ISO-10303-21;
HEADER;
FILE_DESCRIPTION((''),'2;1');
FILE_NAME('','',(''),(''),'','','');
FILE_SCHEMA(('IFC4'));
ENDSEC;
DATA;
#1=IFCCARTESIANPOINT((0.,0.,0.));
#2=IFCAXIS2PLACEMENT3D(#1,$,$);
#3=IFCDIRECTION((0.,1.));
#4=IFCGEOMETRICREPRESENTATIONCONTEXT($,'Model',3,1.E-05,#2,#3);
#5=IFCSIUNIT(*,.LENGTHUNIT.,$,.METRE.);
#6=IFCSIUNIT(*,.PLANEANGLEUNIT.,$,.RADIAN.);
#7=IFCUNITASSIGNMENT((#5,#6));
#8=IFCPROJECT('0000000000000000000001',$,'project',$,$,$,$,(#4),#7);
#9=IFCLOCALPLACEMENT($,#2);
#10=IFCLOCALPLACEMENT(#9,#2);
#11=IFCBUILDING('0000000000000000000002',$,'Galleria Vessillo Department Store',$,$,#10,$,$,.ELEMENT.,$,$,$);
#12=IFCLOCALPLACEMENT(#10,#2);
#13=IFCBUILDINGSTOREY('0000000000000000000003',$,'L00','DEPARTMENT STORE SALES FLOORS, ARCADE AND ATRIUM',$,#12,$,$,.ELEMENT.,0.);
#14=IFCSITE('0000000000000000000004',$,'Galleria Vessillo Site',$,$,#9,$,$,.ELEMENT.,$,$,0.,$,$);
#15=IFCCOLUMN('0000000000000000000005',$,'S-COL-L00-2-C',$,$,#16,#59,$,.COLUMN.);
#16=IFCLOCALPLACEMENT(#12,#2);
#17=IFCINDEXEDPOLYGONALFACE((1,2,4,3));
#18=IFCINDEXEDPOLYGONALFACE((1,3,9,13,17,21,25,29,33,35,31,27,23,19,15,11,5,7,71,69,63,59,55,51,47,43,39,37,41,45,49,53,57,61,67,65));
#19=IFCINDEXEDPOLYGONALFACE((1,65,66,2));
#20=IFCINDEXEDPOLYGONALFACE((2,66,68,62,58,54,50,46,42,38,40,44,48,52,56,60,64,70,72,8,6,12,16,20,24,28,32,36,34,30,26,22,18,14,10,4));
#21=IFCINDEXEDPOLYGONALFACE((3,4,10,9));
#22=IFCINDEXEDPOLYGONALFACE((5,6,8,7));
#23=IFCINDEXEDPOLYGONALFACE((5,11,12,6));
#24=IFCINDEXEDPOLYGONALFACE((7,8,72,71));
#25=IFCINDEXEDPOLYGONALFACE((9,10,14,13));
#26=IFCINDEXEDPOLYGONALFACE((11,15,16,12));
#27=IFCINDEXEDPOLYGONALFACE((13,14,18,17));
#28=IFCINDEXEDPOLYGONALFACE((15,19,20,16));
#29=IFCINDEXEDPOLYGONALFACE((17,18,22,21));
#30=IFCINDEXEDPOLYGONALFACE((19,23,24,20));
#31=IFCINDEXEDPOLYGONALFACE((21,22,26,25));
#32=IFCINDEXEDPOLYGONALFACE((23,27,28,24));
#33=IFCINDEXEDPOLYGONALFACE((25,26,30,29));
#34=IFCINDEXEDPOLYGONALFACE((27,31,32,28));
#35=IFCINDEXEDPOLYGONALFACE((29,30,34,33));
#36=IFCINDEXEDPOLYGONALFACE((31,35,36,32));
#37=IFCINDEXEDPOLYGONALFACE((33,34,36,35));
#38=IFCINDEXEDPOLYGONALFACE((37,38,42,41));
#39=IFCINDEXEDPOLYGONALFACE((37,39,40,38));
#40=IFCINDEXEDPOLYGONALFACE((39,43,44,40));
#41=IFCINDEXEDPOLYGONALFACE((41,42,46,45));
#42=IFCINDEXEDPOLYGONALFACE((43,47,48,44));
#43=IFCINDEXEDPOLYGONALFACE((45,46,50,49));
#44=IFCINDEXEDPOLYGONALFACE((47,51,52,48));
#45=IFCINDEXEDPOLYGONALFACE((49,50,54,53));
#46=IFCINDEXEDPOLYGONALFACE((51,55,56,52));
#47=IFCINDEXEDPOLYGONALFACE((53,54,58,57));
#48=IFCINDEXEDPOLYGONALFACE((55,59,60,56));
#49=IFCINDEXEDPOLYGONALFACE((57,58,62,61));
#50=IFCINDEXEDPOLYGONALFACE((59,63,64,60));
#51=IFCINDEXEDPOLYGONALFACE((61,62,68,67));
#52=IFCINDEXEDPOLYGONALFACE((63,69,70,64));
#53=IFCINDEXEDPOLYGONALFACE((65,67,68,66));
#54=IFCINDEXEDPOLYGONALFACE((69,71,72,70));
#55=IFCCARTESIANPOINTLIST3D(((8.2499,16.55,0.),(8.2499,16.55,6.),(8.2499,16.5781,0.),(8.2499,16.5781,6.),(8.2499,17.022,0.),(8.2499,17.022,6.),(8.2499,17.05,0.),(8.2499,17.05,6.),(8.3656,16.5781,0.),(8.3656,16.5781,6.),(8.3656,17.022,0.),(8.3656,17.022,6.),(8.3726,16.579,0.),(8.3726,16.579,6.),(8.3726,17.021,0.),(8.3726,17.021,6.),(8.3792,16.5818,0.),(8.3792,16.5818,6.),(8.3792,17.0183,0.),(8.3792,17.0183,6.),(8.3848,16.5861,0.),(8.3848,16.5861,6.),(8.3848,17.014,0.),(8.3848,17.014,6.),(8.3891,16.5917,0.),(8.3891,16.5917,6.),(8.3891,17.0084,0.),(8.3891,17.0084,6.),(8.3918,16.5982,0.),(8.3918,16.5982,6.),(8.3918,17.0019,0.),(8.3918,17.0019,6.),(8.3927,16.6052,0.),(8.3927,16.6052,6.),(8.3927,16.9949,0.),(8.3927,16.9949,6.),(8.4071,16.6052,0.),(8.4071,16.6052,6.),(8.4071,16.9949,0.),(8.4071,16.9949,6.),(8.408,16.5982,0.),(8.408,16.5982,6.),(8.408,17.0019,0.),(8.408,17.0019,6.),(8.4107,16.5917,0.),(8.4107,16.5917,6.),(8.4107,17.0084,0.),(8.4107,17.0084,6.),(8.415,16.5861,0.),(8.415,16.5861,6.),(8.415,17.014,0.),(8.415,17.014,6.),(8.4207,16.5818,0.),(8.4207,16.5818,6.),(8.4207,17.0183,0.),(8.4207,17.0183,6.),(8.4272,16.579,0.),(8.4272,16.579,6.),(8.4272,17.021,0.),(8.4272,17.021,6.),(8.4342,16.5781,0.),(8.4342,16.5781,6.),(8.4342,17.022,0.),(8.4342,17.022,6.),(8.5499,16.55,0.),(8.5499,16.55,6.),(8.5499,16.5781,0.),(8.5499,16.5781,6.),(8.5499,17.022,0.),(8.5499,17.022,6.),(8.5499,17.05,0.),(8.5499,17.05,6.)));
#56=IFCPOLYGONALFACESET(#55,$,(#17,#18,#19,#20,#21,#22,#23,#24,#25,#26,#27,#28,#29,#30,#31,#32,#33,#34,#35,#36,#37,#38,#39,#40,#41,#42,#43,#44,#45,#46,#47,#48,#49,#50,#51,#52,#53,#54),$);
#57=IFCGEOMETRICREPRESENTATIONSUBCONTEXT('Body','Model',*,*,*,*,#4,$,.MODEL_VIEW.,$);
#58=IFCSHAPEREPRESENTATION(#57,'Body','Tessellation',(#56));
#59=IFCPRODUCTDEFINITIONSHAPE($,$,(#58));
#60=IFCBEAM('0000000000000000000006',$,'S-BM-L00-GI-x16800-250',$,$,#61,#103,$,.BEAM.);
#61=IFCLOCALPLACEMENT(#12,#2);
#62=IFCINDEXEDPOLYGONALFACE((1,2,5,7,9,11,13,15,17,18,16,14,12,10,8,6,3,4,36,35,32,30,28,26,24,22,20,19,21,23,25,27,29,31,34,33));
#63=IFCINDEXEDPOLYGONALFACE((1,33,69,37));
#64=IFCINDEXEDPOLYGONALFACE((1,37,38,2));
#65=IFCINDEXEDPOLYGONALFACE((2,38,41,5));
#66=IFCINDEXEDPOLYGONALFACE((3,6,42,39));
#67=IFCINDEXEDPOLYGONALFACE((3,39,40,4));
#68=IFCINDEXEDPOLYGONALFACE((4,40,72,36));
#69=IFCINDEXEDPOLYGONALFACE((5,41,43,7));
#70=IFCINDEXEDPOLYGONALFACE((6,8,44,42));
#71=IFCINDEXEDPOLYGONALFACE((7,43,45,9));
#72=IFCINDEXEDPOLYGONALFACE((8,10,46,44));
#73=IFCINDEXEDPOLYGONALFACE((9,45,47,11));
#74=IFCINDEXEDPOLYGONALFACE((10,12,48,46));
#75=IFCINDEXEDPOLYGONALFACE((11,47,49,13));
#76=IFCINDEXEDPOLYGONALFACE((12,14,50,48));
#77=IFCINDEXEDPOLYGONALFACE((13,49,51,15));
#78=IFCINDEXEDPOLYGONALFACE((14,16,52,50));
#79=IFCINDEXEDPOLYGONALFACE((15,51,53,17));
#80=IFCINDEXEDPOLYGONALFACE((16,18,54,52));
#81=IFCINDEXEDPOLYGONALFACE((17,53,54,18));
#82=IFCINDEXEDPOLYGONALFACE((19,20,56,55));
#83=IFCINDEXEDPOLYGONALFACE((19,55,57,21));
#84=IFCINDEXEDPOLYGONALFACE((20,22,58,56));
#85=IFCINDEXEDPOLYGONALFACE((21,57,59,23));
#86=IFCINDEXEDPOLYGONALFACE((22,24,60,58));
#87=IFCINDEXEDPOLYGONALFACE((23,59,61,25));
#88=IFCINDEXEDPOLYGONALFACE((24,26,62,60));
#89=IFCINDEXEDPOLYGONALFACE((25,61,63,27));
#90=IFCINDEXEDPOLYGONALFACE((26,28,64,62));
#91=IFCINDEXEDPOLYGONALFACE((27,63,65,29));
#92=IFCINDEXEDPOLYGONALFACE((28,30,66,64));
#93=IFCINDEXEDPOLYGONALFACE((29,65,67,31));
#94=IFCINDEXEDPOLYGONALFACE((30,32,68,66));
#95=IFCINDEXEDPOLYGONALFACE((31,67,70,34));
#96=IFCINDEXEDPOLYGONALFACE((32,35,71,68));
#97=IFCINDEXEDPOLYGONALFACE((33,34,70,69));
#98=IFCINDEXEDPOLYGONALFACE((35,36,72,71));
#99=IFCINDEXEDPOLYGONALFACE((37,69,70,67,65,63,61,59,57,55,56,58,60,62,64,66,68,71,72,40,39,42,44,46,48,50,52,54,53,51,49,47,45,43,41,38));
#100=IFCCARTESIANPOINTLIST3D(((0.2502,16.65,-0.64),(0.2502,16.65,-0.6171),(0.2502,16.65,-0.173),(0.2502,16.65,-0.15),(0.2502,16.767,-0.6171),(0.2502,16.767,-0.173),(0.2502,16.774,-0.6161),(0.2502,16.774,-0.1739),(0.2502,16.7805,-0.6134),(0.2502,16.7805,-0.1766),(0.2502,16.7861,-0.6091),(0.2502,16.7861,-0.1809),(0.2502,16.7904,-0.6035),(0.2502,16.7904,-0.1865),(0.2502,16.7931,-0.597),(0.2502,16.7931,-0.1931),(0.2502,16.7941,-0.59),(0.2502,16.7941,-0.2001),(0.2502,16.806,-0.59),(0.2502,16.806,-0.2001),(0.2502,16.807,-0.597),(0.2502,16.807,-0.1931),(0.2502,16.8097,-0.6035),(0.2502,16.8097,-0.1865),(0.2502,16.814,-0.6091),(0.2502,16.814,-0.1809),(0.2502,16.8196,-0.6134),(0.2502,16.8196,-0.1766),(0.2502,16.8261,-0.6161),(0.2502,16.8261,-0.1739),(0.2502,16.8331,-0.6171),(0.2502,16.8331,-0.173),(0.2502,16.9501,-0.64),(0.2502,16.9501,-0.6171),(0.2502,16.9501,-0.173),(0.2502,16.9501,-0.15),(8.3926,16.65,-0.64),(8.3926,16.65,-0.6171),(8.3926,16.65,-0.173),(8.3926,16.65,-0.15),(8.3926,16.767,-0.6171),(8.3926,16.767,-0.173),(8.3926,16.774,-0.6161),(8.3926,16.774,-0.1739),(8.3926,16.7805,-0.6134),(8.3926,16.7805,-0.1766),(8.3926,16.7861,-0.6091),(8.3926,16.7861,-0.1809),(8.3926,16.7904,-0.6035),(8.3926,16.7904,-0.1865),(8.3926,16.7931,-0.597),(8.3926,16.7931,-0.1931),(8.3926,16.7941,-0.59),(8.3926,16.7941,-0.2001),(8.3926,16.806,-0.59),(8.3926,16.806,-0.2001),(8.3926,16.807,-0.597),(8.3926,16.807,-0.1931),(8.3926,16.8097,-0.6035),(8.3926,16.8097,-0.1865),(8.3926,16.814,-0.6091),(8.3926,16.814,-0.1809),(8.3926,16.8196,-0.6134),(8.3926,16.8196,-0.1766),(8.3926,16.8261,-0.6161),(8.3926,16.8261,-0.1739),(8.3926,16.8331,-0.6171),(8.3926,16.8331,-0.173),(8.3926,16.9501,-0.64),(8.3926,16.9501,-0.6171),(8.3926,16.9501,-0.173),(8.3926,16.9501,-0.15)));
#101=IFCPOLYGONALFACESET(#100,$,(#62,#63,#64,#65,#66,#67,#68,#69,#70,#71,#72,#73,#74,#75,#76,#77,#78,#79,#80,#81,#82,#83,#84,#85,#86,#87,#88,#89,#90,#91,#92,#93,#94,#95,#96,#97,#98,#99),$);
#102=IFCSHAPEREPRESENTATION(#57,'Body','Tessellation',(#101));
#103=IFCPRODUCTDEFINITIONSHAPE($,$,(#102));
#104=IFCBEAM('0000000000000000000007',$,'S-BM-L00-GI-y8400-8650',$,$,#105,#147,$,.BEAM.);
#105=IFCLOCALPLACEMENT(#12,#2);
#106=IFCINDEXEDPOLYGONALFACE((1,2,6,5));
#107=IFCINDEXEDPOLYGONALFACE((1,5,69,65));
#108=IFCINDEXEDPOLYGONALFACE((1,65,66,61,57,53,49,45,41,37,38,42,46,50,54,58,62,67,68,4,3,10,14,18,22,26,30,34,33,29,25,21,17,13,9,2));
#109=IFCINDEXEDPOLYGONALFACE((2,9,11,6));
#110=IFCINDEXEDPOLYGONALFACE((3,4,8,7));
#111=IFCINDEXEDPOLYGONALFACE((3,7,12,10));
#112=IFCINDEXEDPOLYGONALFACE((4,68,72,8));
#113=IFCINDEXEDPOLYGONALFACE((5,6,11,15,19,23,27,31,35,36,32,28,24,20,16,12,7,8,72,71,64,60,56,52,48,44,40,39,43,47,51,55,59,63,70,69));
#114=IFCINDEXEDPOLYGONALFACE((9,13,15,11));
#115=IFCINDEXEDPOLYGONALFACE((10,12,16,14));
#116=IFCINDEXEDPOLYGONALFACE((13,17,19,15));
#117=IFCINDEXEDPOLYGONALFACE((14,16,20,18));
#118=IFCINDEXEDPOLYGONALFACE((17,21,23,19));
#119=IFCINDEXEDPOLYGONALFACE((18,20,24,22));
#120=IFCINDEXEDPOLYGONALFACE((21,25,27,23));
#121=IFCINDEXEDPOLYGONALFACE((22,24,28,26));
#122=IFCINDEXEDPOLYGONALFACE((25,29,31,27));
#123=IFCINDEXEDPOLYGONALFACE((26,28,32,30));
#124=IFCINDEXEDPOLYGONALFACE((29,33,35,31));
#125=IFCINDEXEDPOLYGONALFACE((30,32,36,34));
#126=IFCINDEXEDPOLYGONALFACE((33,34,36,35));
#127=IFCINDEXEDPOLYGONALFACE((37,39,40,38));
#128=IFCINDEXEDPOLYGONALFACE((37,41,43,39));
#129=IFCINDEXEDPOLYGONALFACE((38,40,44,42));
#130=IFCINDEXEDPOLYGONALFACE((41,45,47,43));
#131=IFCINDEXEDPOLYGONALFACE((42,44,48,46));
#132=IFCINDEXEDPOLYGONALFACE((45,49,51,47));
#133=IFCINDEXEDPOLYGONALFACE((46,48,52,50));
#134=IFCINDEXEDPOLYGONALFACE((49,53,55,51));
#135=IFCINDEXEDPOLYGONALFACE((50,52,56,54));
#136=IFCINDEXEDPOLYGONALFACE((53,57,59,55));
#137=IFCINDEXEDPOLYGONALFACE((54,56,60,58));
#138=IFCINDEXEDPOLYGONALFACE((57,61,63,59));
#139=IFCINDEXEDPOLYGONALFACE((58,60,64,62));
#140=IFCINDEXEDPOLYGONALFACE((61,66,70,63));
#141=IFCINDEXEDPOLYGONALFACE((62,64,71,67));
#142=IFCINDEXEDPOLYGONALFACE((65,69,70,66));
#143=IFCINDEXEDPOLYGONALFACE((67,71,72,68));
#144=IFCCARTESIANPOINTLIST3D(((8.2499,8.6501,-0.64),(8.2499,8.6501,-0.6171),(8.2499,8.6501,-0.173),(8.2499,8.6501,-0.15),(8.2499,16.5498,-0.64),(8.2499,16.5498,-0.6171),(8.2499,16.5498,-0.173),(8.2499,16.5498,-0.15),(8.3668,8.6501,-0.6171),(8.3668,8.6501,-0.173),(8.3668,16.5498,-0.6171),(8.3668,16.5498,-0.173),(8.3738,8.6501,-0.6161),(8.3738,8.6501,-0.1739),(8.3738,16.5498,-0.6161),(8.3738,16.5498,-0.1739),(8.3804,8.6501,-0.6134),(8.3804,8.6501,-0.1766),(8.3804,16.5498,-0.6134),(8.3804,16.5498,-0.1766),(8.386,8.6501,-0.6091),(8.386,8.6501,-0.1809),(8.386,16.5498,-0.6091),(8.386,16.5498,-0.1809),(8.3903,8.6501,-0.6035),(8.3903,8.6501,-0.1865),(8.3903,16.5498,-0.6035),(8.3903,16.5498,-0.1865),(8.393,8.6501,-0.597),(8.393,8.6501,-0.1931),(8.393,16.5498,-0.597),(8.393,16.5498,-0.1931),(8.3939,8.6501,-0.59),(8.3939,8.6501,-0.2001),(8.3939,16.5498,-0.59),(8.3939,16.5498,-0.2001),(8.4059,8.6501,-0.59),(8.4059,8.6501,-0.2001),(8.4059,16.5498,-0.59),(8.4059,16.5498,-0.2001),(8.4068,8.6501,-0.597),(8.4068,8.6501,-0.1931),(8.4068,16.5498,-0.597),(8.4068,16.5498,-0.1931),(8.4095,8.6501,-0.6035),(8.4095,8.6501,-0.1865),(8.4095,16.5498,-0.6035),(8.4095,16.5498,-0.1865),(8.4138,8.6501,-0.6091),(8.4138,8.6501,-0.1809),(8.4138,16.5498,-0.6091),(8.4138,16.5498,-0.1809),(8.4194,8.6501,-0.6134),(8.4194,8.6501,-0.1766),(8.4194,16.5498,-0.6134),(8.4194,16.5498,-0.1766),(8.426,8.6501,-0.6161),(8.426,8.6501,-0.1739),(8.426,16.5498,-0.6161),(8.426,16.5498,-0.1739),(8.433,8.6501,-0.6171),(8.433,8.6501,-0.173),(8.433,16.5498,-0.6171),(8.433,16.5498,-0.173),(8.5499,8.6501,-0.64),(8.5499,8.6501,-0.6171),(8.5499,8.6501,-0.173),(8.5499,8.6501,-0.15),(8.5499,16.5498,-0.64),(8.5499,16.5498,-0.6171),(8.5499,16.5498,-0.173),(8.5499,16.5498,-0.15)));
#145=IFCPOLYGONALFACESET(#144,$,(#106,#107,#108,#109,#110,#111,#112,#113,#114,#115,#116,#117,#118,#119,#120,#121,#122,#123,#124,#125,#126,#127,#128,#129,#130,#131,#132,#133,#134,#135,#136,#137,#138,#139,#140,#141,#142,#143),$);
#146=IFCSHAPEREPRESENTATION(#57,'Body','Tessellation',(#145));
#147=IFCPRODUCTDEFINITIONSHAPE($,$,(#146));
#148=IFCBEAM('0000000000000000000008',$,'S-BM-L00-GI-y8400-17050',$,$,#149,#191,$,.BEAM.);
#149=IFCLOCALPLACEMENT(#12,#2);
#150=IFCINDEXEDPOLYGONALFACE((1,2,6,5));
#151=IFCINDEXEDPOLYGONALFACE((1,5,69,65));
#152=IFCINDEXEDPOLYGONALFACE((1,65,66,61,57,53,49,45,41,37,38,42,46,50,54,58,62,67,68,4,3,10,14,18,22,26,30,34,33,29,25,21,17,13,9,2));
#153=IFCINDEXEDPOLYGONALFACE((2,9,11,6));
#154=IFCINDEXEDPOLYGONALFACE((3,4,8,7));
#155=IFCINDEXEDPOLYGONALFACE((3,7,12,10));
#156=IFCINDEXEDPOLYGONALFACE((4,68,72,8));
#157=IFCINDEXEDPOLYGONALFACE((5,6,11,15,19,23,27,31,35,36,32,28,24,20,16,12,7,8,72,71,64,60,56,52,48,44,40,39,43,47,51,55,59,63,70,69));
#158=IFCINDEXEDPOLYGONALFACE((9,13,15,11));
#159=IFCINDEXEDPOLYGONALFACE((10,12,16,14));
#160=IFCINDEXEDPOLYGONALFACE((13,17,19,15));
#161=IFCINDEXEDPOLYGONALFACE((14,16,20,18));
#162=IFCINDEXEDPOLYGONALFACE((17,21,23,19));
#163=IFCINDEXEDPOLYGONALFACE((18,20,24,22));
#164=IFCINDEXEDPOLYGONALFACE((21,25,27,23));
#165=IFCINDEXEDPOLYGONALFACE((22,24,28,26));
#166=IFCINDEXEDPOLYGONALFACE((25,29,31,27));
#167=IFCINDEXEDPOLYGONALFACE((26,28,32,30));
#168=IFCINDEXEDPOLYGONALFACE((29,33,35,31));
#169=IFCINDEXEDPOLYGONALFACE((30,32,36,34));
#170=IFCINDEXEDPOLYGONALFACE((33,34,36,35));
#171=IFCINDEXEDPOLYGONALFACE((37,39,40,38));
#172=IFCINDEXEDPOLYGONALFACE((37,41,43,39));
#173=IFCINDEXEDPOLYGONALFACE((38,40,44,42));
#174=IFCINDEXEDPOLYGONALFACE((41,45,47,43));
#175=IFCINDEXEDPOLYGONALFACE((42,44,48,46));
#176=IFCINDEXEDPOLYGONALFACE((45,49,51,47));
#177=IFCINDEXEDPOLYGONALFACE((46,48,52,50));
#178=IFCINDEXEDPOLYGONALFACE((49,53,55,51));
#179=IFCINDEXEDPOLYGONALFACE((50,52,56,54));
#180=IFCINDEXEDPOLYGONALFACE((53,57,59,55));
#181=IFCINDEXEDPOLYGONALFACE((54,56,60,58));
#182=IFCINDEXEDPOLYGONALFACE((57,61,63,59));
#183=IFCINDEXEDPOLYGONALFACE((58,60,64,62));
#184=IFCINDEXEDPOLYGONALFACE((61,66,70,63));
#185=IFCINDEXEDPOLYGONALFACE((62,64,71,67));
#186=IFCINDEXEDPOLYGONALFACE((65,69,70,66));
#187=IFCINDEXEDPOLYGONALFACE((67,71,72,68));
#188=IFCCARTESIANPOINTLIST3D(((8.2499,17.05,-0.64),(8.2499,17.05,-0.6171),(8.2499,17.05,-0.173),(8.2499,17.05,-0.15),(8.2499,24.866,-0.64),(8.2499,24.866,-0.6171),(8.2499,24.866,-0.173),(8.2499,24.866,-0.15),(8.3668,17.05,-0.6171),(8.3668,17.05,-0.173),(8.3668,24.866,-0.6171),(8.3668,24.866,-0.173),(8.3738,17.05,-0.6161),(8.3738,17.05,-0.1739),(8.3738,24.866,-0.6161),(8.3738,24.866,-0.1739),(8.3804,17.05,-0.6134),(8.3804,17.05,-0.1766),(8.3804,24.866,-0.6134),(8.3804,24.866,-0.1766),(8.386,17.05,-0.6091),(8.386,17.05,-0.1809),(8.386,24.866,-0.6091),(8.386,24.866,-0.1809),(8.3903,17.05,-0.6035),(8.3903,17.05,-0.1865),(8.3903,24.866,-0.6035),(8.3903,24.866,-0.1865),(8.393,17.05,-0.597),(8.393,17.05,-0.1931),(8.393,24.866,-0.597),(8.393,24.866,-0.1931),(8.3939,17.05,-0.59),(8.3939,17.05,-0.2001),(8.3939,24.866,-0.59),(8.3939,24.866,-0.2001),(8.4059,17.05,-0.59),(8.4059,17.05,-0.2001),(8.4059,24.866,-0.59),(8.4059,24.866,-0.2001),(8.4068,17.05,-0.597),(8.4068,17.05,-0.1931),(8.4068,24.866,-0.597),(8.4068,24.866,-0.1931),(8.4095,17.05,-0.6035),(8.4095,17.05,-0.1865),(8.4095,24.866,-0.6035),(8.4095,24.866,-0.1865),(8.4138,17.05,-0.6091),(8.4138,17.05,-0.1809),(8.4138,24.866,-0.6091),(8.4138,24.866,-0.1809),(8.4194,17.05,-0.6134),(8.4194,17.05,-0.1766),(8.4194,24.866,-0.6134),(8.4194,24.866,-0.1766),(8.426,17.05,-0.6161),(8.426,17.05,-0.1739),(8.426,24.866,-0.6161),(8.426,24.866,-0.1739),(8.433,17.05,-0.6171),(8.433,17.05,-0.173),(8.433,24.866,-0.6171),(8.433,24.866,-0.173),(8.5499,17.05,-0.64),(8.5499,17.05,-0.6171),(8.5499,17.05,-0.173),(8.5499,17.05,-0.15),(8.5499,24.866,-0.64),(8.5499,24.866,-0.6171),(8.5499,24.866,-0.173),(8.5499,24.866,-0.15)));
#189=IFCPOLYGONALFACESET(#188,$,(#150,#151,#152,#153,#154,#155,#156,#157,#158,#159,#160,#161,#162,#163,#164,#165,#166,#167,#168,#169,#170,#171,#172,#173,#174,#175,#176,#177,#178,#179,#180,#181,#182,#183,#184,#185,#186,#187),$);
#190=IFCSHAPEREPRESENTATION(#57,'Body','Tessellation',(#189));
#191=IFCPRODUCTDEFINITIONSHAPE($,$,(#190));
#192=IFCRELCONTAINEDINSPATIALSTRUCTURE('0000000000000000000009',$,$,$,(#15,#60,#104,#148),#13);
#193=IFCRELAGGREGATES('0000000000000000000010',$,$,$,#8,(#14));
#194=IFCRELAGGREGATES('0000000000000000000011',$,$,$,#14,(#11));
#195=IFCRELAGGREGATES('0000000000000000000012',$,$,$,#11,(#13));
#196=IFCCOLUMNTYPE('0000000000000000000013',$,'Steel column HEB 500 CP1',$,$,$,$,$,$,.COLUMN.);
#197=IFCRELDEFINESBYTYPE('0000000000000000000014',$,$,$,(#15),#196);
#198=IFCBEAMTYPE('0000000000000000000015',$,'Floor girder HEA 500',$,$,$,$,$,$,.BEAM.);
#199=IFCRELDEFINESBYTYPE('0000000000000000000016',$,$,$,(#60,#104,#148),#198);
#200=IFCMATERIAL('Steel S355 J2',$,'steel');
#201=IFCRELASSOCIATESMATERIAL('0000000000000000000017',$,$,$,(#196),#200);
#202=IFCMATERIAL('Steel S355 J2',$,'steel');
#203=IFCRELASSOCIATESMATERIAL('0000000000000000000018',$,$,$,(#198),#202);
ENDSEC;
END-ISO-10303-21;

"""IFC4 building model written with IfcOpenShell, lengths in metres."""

from ifc_helpers import new_model, si_unit, direction, frame, origin, origin_2d, place, context, subcontext, project, spatial, i_section, extrude, material, material_profile, profile_set, type_object, element, save


model = new_model("IFC4")

# Units and contexts
model_context = context("Model", 3, precision=1e-05, world=origin(), true_north=direction((0.0, 1.0)))
body_context = subcontext(model_context, "Body", "Model", "MODEL_VIEW")
ifc_project = project(units=[si_unit("LENGTHUNIT", "METRE"), si_unit("PLANEANGLEUNIT", "RADIAN")], contexts=[model_context])

# Site, building, storey
site_placement = place(None, origin())
site = spatial("IfcSite", under=ifc_project, at=site_placement, Name="Galleria Vessillo Site", CompositionType="ELEMENT", RefElevation=0.0)
building_placement = place(site_placement, origin())
building = spatial("IfcBuilding", under=site, at=building_placement, Name="Galleria Vessillo Department Store", CompositionType="ELEMENT")
storey_placement = place(building_placement, origin())
storey = spatial("IfcBuildingStorey", under=building, at=storey_placement, Name="L00", Description="DEPARTMENT STORE SALES FLOORS, ARCADE AND ATRIUM", CompositionType="ELEMENT", Elevation=0.0)

# Column
ifc_material_1 = material(Name="Steel S355 J2", Category="steel")
ifc_material_profile_1 = material_profile(ifc_material_1, i_section(OverallWidth=0.3, OverallDepth=0.5, WebThickness=0.0144, FlangeThickness=0.0281, FilletRadius=0.0271, at=origin_2d()), Name="HEB 500")
ifc_profile_set_1 = profile_set([ifc_material_profile_1], Name="Steel S355 J2")
column_type_1 = type_object("IfcColumnType", Name="Steel column HEB 500 CP1", PredefinedType="COLUMN", material=ifc_profile_set_1)
column_placement = place(storey_placement, frame((8.3999, 16.8, 0.0), z_axis=(0.0, 0.0, 1.0), x_axis=(1.0, 0.0, 0.0)))
element("IfcColumn", 1, at=column_placement, inside=storey, type_object=column_type_1, Name="S-COL-L00-2-C", PredefinedType="COLUMN", context=body_context, shape_type="SweptSolid", body=[
    extrude(i_section(OverallWidth=0.3, OverallDepth=0.5, WebThickness=0.0144, FlangeThickness=0.0281, FilletRadius=0.0271, at=origin_2d()), origin(), (0.0, 0.0, 1.0), 6.0),
])

# Beams
ifc_material_2 = material(Name="Steel S355 J2", Category="steel")
ifc_material_profile_2 = material_profile(ifc_material_2, i_section(OverallWidth=0.3, OverallDepth=0.49, WebThickness=0.012, FlangeThickness=0.0229, FilletRadius=0.0271, at=origin_2d()), Name="HEA 500")
ifc_profile_set_2 = profile_set([ifc_material_profile_2], Name="Steel S355 J2")
beam_type_1 = type_object("IfcBeamType", Name="Floor girder HEA 500", PredefinedType="BEAM", material=ifc_profile_set_2)
beam_1_placement = place(storey_placement, frame((0.2502, 16.8, -0.395), z_axis=(1.0, 0.0, 0.0), x_axis=(0.0, 1.0, 0.0)))
element("IfcBeam", 2, at=beam_1_placement, inside=storey, type_object=beam_type_1, Name="S-BM-L00-GI-x16800-250", PredefinedType="BEAM", context=body_context, shape_type="SweptSolid", body=[
    extrude(i_section(OverallWidth=0.3, OverallDepth=0.49, WebThickness=0.012, FlangeThickness=0.0229, FilletRadius=0.0271, at=origin_2d()), origin(), (0.0, 0.0, 1.0), 8.1423),
])
beam_2_placement = place(storey_placement, frame((8.3999, 8.6501, -0.395), z_axis=(0.0, 1.0, 0.0), x_axis=(-1.0, 0.0, 0.0)))
element("IfcBeam", 3, at=beam_2_placement, inside=storey, type_object=beam_type_1, Name="S-BM-L00-GI-y8400-8650", PredefinedType="BEAM", context=body_context, shape_type="SweptSolid", body=[
    extrude(i_section(OverallWidth=0.3, OverallDepth=0.49, WebThickness=0.012, FlangeThickness=0.0229, FilletRadius=0.0271, at=origin_2d()), origin(), (0.0, 0.0, 1.0), 7.8997),
])
beam_3_placement = place(storey_placement, frame((8.3999, 17.05, -0.395), z_axis=(0.0, 1.0, 0.0), x_axis=(-1.0, 0.0, 0.0)))
element("IfcBeam", 4, at=beam_3_placement, inside=storey, type_object=beam_type_1, Name="S-BM-L00-GI-y8400-17050", PredefinedType="BEAM", context=body_context, shape_type="SweptSolid", body=[
    extrude(i_section(OverallWidth=0.3, OverallDepth=0.49, WebThickness=0.012, FlangeThickness=0.0229, FilletRadius=0.0271, at=origin_2d()), origin(), (0.0, 0.0, 1.0), 7.8159),
])

save(model, "model.ifc")
